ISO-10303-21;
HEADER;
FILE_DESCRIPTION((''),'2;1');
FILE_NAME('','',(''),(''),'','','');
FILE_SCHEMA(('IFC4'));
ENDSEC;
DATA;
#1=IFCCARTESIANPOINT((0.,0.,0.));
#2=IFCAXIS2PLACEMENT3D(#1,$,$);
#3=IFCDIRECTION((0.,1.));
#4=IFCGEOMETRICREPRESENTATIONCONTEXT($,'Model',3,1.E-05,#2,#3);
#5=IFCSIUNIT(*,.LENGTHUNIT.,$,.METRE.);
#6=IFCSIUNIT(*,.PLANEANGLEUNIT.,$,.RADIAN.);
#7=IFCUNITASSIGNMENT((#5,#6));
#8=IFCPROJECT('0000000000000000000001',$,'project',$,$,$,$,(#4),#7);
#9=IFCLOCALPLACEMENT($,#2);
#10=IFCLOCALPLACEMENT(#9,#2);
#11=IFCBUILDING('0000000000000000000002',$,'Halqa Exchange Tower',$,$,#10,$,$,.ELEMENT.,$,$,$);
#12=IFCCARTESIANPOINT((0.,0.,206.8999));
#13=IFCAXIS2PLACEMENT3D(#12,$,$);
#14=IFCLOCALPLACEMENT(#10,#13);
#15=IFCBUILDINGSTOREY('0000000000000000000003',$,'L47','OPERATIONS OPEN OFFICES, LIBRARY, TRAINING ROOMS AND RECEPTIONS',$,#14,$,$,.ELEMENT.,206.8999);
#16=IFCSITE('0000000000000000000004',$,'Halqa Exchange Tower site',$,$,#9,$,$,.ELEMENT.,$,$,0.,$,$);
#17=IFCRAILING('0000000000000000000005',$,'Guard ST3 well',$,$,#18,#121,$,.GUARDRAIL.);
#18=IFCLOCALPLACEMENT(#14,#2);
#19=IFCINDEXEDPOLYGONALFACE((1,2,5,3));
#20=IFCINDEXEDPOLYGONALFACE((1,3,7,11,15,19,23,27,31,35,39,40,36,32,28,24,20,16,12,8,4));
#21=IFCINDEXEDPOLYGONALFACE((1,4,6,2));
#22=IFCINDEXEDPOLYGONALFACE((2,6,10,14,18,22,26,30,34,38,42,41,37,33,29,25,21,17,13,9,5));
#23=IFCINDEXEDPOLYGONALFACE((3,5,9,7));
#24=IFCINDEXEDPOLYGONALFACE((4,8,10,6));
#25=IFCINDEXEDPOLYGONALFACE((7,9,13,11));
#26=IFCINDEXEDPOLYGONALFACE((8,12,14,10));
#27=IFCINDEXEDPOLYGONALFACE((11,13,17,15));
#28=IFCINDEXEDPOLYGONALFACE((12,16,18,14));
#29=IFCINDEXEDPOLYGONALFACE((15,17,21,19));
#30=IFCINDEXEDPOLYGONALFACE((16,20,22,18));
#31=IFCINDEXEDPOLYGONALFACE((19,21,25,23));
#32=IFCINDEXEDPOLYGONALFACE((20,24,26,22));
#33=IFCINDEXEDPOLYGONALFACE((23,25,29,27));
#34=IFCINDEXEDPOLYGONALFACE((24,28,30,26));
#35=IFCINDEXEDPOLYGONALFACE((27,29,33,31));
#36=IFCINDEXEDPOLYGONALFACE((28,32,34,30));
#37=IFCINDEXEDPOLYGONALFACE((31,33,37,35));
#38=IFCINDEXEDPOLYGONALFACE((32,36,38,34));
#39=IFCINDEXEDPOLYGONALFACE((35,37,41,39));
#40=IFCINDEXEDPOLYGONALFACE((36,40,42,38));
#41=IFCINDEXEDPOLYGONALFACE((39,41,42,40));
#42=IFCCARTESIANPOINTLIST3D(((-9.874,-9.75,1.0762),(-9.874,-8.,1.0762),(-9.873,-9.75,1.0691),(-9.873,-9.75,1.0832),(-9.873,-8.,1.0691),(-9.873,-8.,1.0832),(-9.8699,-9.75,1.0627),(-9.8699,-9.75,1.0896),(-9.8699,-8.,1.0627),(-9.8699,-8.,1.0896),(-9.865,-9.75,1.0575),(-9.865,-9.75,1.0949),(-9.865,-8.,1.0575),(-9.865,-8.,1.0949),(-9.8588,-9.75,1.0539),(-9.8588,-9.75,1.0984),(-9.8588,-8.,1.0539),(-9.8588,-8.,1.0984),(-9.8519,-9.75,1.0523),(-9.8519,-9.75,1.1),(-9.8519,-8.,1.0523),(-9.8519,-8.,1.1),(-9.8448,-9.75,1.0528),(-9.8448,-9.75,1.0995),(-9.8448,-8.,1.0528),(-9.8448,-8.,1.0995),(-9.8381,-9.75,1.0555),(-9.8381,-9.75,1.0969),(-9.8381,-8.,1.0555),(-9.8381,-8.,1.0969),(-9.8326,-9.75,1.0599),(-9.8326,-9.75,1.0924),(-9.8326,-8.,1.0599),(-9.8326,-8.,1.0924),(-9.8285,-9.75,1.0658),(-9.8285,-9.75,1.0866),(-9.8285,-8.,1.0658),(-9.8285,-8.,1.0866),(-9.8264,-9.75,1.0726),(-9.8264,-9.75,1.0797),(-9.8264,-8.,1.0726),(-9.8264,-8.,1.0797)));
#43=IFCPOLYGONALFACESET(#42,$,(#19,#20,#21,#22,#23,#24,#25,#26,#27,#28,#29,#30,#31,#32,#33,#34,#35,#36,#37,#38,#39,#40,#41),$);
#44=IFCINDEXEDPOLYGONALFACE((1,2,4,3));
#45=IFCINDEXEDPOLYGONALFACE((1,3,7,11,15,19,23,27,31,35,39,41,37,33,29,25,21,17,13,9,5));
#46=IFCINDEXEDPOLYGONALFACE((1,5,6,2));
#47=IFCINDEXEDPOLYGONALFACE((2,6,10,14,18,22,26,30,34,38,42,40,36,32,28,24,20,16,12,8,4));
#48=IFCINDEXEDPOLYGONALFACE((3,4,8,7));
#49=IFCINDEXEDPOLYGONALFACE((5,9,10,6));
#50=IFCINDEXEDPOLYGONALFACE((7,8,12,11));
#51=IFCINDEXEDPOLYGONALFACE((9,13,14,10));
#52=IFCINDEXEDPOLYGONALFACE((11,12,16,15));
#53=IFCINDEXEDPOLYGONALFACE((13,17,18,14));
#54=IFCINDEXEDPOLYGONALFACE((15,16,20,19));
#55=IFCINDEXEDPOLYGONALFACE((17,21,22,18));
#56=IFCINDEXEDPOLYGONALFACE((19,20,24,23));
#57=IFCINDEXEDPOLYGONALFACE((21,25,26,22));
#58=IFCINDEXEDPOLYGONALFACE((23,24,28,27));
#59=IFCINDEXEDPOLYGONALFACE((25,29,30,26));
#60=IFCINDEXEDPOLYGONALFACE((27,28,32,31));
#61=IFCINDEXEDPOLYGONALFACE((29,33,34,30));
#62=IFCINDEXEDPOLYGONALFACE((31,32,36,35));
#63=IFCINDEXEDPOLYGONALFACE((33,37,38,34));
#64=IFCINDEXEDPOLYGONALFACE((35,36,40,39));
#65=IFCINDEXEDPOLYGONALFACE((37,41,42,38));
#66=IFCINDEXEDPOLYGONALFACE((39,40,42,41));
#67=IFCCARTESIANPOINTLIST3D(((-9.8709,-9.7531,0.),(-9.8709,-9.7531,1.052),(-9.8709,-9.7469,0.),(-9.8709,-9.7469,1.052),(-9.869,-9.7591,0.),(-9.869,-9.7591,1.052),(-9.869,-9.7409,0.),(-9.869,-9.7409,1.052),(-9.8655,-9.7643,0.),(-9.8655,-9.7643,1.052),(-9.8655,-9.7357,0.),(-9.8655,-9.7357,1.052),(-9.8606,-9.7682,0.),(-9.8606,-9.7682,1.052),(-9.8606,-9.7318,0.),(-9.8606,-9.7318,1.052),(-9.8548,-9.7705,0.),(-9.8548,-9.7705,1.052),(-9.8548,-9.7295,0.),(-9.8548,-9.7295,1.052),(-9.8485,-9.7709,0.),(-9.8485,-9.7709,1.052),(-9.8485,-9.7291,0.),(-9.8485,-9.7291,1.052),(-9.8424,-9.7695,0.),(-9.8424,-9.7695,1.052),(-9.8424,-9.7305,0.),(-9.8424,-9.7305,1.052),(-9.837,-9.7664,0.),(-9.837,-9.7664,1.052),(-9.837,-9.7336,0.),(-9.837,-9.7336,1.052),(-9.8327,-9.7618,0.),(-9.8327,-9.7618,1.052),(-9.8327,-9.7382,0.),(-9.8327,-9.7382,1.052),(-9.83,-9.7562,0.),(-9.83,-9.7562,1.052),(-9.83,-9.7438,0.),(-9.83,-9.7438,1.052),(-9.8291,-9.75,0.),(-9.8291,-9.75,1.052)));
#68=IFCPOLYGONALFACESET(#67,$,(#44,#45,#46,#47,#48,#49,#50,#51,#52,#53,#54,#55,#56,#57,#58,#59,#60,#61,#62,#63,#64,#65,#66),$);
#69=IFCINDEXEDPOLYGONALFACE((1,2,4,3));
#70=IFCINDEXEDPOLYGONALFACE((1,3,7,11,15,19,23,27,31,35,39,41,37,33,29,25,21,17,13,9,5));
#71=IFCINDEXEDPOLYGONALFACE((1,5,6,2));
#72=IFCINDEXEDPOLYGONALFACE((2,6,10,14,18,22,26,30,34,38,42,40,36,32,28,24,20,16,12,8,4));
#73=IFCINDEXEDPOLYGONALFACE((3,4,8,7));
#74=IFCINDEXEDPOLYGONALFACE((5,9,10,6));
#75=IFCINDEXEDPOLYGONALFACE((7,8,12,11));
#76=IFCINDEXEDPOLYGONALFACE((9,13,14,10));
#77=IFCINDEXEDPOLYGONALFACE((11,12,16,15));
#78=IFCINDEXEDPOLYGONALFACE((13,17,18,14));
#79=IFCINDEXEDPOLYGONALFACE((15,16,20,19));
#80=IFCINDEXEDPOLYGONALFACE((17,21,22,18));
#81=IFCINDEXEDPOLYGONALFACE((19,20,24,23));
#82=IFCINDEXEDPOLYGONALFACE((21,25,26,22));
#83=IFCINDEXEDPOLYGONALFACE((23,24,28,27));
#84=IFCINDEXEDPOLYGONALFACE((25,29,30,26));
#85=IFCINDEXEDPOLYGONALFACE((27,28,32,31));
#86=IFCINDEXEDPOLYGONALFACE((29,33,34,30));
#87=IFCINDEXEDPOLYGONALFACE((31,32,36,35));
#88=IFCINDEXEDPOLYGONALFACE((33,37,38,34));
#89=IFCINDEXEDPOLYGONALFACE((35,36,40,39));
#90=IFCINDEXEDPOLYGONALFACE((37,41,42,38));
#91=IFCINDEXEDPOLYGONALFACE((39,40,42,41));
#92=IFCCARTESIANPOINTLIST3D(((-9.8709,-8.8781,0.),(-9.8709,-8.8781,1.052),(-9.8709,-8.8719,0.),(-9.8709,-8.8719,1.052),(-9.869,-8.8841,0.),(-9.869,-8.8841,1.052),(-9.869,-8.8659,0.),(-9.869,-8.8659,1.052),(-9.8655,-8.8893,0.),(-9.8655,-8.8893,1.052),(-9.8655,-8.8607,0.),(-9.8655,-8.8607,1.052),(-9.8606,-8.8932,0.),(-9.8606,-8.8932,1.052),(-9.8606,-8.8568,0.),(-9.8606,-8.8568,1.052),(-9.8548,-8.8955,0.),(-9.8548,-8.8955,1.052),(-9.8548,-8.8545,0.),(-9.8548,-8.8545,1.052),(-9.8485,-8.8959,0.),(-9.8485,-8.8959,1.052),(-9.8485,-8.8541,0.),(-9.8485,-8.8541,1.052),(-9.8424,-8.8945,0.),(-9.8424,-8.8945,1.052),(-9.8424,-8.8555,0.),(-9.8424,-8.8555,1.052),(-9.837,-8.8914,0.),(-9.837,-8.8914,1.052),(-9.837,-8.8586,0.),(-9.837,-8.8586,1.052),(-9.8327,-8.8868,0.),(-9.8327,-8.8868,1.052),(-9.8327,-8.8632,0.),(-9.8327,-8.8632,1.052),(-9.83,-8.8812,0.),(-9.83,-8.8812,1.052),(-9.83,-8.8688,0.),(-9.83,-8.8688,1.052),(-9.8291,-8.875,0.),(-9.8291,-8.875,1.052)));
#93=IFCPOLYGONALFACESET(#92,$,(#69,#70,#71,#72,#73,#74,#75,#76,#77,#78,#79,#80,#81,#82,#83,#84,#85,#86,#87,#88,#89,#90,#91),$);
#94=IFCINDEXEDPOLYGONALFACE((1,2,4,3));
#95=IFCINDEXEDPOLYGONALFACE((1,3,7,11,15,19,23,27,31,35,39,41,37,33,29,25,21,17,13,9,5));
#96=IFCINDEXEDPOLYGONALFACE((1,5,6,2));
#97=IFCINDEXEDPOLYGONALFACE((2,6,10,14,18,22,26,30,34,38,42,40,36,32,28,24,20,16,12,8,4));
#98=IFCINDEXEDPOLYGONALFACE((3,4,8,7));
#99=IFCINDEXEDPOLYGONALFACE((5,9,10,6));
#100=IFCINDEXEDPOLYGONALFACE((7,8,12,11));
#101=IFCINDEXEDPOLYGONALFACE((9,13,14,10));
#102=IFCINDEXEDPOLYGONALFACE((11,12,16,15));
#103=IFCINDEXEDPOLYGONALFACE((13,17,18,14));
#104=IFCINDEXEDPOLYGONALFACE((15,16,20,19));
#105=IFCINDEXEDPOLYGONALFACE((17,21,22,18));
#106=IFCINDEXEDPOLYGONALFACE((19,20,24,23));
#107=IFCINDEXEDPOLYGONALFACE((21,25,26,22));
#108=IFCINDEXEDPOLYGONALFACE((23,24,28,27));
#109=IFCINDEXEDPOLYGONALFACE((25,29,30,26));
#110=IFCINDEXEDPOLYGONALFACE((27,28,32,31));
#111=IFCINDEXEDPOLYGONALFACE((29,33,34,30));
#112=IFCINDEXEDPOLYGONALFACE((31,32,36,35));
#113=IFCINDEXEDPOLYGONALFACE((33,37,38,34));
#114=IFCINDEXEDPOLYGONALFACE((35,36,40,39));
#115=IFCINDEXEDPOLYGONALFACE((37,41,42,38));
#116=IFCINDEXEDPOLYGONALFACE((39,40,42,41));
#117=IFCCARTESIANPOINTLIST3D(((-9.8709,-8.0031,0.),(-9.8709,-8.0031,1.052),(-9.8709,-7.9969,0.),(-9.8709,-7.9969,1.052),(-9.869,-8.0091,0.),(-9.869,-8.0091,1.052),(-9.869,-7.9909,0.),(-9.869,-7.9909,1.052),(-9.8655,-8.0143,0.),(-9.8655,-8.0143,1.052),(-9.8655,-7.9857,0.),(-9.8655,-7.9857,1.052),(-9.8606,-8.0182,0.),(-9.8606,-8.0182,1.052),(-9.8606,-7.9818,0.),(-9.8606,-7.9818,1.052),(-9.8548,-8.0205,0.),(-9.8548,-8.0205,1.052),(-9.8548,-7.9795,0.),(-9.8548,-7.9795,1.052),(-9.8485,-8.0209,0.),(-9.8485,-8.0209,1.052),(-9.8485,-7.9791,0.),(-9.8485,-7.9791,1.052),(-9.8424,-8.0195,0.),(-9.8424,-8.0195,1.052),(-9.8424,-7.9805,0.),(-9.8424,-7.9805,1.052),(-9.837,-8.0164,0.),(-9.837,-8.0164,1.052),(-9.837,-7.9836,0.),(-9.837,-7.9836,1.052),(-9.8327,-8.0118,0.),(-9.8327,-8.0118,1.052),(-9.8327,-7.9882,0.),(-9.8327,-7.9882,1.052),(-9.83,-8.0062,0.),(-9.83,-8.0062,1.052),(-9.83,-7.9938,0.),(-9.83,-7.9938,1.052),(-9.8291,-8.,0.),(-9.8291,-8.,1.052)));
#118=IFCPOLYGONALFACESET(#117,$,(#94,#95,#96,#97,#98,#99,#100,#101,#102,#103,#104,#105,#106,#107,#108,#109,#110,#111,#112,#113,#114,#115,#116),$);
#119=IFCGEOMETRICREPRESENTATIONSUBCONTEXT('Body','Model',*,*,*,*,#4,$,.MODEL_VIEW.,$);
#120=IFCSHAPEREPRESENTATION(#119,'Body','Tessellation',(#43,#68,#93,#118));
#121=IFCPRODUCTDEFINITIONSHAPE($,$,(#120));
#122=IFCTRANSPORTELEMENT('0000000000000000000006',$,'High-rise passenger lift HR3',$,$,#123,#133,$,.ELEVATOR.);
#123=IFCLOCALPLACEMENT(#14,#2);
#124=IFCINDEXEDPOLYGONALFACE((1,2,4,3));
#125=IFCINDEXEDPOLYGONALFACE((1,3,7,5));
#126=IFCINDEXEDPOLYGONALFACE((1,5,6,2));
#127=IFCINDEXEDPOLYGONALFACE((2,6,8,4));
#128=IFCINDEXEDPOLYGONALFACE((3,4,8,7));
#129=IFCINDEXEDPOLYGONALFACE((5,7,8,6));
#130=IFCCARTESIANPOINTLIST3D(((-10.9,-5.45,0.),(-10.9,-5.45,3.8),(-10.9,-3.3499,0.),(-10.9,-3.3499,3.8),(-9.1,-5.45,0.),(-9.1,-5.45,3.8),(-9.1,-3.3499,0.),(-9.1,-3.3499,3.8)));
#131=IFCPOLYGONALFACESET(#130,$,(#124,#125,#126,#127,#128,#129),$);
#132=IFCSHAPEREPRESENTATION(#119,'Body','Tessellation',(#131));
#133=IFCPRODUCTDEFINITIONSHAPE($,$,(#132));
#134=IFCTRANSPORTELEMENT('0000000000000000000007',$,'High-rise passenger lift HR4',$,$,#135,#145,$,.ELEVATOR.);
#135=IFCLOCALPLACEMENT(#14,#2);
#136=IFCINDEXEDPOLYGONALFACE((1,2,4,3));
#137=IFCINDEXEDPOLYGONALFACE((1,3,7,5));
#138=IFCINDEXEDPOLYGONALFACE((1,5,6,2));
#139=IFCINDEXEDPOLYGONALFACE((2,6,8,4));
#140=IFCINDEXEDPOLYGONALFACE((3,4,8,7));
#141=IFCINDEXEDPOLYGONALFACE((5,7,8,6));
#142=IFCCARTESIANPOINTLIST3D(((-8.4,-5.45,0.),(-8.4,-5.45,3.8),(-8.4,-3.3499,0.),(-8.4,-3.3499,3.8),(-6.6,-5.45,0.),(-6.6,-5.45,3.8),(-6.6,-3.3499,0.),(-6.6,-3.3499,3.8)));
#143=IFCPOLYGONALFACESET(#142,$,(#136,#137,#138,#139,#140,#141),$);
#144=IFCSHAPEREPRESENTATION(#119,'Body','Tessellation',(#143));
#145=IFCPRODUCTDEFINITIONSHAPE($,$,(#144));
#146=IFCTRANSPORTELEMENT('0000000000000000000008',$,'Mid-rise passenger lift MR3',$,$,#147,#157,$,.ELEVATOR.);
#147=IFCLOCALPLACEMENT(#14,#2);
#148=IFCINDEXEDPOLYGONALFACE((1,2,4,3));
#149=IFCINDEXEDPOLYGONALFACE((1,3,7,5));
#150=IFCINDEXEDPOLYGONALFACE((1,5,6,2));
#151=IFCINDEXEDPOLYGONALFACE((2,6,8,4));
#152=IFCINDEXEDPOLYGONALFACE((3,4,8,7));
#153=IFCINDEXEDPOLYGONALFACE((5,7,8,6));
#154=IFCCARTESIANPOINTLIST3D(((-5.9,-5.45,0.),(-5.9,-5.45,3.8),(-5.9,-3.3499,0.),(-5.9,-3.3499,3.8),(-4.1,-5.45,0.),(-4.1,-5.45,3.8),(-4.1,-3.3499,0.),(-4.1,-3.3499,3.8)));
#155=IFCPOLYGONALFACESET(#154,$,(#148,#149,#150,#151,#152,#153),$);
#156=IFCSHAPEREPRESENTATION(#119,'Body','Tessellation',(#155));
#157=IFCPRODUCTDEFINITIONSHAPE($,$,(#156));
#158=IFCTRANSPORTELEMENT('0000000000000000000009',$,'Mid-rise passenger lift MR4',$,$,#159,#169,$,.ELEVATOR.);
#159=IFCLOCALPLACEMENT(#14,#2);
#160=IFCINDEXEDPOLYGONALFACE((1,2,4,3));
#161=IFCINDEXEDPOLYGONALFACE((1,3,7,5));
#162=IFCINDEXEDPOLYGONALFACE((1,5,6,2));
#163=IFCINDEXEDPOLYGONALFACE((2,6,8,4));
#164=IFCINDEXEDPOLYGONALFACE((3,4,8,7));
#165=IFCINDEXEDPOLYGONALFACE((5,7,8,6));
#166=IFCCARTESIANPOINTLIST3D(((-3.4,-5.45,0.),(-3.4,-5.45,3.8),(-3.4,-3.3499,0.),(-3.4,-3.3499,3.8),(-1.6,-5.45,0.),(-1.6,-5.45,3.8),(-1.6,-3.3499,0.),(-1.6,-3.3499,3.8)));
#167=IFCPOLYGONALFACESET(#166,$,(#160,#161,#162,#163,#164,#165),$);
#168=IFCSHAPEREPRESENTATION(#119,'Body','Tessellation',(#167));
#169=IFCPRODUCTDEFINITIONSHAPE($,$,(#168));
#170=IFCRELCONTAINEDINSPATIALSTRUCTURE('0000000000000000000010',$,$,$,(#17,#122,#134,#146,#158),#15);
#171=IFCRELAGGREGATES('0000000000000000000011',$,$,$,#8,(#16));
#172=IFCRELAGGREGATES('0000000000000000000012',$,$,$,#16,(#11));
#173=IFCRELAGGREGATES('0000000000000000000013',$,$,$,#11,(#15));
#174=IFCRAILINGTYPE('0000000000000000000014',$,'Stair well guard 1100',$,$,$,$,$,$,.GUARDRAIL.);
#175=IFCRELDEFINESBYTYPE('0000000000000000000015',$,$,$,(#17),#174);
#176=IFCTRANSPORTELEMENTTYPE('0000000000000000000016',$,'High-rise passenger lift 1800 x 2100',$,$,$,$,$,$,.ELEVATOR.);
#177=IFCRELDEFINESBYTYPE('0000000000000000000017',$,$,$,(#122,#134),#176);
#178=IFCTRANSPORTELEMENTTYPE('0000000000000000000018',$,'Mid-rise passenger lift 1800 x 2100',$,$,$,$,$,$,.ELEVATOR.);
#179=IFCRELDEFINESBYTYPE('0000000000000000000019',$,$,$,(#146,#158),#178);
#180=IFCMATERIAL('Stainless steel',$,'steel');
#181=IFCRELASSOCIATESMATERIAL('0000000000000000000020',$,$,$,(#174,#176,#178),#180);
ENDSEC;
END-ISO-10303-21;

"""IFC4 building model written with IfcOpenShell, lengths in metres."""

from ifc_helpers import new_model, si_unit, direction, frame, origin, origin_2d, place, context, subcontext, project, spatial, rectangle, circle, extrude, material, type_object, element, save


model = new_model("IFC4")

# Units and contexts
model_context = context("Model", 3, precision=1e-05, world=origin(), true_north=direction((0.0, 1.0)))
body_context = subcontext(model_context, "Body", "Model", "MODEL_VIEW")
ifc_project = project(units=[si_unit("LENGTHUNIT", "METRE"), si_unit("PLANEANGLEUNIT", "RADIAN")], contexts=[model_context])

# Site, building, storey
site_placement = place(None, origin())
site = spatial("IfcSite", under=ifc_project, at=site_placement, Name="Halqa Exchange Tower site", CompositionType="ELEMENT", RefElevation=0.0)
building_placement = place(site_placement, origin())
building = spatial("IfcBuilding", under=site, at=building_placement, Name="Halqa Exchange Tower", CompositionType="ELEMENT")
storey_placement = place(building_placement, frame((0.0, 0.0, 206.8999)))
storey = spatial("IfcBuildingStorey", under=building, at=storey_placement, Name="L47", Description="OPERATIONS OPEN OFFICES, LIBRARY, TRAINING ROOMS AND RECEPTIONS", CompositionType="ELEMENT", Elevation=206.8999)

# Shared definitions
ifc_material_1 = material(Name="Stainless steel", Category="steel")

# Railing
railing_type_1 = type_object("IfcRailingType", Name="Stair well guard 1100", PredefinedType="GUARDRAIL", material=ifc_material_1)
railing_1_placement = place(storey_placement, frame((-9.8501, -9.75, 0.0)))
element("IfcRailing", 1, at=railing_1_placement, inside=storey, type_object=railing_type_1, Name="Guard ST3 well", PredefinedType="GUARDRAIL", context=body_context, shape_type="SweptSolid", body=[
    extrude(circle(Radius=0.0239, at=origin_2d()), frame((0.0, 0.0, 1.0762), z_axis=(0.0, 1.0, 0.0), x_axis=(-1.0, 0.0, 0.0)), (0.0, 0.0, 1.0), 1.75),
    extrude(circle(Radius=0.021, at=origin_2d()), origin(), (0.0, 0.0, 1.0), 1.052),
    extrude(circle(Radius=0.021, at=origin_2d()), frame((0.0, 0.875, 0.0)), (0.0, 0.0, 1.0), 1.052),
    extrude(circle(Radius=0.021, at=origin_2d()), frame((0.0, 1.75, 0.0)), (0.0, 0.0, 1.0), 1.052),
])

# Transport elements
transport_element_type_1 = type_object("IfcTransportElementType", Name="High-rise passenger lift 1800 x 2100", PredefinedType="ELEVATOR", material=ifc_material_1)
for number, where, z_axis, x_axis, name in (
    (2, (-10.0, -4.3999, 0.0), (0.0, 0.0, 1.0), (1.0, 0.0, 0.0), "High-rise passenger lift HR3"),
    (3, (-7.5, -4.3999, 0.0), (0.0, 0.0, 1.0), (1.0, 0.0, 0.0), "High-rise passenger lift HR4"),
):
    element("IfcTransportElement", number, at=place(storey_placement, frame(where, z_axis=z_axis, x_axis=x_axis)), inside=storey, type_object=transport_element_type_1, Name=name, PredefinedType="ELEVATOR", context=body_context, shape_type="SweptSolid", body=[
        extrude(rectangle(XDim=1.8, YDim=2.1001, at=origin_2d()), origin(), (0.0, 0.0, 1.0), 3.8),
    ])
transport_element_type_2 = type_object("IfcTransportElementType", Name="Mid-rise passenger lift 1800 x 2100", PredefinedType="ELEVATOR", material=ifc_material_1)
for number, where, z_axis, x_axis, name in (
    (4, (-5.0, -4.3999, 0.0), (0.0, 0.0, 1.0), (1.0, 0.0, 0.0), "Mid-rise passenger lift MR3"),
    (5, (-2.5, -4.3999, 0.0), (0.0, 0.0, 1.0), (1.0, 0.0, 0.0), "Mid-rise passenger lift MR4"),
):
    element("IfcTransportElement", number, at=place(storey_placement, frame(where, z_axis=z_axis, x_axis=x_axis)), inside=storey, type_object=transport_element_type_2, Name=name, PredefinedType="ELEVATOR", context=body_context, shape_type="SweptSolid", body=[
        extrude(rectangle(XDim=1.8, YDim=2.1001, at=origin_2d()), origin(), (0.0, 0.0, 1.0), 3.8),
    ])

save(model, "model.ifc")
